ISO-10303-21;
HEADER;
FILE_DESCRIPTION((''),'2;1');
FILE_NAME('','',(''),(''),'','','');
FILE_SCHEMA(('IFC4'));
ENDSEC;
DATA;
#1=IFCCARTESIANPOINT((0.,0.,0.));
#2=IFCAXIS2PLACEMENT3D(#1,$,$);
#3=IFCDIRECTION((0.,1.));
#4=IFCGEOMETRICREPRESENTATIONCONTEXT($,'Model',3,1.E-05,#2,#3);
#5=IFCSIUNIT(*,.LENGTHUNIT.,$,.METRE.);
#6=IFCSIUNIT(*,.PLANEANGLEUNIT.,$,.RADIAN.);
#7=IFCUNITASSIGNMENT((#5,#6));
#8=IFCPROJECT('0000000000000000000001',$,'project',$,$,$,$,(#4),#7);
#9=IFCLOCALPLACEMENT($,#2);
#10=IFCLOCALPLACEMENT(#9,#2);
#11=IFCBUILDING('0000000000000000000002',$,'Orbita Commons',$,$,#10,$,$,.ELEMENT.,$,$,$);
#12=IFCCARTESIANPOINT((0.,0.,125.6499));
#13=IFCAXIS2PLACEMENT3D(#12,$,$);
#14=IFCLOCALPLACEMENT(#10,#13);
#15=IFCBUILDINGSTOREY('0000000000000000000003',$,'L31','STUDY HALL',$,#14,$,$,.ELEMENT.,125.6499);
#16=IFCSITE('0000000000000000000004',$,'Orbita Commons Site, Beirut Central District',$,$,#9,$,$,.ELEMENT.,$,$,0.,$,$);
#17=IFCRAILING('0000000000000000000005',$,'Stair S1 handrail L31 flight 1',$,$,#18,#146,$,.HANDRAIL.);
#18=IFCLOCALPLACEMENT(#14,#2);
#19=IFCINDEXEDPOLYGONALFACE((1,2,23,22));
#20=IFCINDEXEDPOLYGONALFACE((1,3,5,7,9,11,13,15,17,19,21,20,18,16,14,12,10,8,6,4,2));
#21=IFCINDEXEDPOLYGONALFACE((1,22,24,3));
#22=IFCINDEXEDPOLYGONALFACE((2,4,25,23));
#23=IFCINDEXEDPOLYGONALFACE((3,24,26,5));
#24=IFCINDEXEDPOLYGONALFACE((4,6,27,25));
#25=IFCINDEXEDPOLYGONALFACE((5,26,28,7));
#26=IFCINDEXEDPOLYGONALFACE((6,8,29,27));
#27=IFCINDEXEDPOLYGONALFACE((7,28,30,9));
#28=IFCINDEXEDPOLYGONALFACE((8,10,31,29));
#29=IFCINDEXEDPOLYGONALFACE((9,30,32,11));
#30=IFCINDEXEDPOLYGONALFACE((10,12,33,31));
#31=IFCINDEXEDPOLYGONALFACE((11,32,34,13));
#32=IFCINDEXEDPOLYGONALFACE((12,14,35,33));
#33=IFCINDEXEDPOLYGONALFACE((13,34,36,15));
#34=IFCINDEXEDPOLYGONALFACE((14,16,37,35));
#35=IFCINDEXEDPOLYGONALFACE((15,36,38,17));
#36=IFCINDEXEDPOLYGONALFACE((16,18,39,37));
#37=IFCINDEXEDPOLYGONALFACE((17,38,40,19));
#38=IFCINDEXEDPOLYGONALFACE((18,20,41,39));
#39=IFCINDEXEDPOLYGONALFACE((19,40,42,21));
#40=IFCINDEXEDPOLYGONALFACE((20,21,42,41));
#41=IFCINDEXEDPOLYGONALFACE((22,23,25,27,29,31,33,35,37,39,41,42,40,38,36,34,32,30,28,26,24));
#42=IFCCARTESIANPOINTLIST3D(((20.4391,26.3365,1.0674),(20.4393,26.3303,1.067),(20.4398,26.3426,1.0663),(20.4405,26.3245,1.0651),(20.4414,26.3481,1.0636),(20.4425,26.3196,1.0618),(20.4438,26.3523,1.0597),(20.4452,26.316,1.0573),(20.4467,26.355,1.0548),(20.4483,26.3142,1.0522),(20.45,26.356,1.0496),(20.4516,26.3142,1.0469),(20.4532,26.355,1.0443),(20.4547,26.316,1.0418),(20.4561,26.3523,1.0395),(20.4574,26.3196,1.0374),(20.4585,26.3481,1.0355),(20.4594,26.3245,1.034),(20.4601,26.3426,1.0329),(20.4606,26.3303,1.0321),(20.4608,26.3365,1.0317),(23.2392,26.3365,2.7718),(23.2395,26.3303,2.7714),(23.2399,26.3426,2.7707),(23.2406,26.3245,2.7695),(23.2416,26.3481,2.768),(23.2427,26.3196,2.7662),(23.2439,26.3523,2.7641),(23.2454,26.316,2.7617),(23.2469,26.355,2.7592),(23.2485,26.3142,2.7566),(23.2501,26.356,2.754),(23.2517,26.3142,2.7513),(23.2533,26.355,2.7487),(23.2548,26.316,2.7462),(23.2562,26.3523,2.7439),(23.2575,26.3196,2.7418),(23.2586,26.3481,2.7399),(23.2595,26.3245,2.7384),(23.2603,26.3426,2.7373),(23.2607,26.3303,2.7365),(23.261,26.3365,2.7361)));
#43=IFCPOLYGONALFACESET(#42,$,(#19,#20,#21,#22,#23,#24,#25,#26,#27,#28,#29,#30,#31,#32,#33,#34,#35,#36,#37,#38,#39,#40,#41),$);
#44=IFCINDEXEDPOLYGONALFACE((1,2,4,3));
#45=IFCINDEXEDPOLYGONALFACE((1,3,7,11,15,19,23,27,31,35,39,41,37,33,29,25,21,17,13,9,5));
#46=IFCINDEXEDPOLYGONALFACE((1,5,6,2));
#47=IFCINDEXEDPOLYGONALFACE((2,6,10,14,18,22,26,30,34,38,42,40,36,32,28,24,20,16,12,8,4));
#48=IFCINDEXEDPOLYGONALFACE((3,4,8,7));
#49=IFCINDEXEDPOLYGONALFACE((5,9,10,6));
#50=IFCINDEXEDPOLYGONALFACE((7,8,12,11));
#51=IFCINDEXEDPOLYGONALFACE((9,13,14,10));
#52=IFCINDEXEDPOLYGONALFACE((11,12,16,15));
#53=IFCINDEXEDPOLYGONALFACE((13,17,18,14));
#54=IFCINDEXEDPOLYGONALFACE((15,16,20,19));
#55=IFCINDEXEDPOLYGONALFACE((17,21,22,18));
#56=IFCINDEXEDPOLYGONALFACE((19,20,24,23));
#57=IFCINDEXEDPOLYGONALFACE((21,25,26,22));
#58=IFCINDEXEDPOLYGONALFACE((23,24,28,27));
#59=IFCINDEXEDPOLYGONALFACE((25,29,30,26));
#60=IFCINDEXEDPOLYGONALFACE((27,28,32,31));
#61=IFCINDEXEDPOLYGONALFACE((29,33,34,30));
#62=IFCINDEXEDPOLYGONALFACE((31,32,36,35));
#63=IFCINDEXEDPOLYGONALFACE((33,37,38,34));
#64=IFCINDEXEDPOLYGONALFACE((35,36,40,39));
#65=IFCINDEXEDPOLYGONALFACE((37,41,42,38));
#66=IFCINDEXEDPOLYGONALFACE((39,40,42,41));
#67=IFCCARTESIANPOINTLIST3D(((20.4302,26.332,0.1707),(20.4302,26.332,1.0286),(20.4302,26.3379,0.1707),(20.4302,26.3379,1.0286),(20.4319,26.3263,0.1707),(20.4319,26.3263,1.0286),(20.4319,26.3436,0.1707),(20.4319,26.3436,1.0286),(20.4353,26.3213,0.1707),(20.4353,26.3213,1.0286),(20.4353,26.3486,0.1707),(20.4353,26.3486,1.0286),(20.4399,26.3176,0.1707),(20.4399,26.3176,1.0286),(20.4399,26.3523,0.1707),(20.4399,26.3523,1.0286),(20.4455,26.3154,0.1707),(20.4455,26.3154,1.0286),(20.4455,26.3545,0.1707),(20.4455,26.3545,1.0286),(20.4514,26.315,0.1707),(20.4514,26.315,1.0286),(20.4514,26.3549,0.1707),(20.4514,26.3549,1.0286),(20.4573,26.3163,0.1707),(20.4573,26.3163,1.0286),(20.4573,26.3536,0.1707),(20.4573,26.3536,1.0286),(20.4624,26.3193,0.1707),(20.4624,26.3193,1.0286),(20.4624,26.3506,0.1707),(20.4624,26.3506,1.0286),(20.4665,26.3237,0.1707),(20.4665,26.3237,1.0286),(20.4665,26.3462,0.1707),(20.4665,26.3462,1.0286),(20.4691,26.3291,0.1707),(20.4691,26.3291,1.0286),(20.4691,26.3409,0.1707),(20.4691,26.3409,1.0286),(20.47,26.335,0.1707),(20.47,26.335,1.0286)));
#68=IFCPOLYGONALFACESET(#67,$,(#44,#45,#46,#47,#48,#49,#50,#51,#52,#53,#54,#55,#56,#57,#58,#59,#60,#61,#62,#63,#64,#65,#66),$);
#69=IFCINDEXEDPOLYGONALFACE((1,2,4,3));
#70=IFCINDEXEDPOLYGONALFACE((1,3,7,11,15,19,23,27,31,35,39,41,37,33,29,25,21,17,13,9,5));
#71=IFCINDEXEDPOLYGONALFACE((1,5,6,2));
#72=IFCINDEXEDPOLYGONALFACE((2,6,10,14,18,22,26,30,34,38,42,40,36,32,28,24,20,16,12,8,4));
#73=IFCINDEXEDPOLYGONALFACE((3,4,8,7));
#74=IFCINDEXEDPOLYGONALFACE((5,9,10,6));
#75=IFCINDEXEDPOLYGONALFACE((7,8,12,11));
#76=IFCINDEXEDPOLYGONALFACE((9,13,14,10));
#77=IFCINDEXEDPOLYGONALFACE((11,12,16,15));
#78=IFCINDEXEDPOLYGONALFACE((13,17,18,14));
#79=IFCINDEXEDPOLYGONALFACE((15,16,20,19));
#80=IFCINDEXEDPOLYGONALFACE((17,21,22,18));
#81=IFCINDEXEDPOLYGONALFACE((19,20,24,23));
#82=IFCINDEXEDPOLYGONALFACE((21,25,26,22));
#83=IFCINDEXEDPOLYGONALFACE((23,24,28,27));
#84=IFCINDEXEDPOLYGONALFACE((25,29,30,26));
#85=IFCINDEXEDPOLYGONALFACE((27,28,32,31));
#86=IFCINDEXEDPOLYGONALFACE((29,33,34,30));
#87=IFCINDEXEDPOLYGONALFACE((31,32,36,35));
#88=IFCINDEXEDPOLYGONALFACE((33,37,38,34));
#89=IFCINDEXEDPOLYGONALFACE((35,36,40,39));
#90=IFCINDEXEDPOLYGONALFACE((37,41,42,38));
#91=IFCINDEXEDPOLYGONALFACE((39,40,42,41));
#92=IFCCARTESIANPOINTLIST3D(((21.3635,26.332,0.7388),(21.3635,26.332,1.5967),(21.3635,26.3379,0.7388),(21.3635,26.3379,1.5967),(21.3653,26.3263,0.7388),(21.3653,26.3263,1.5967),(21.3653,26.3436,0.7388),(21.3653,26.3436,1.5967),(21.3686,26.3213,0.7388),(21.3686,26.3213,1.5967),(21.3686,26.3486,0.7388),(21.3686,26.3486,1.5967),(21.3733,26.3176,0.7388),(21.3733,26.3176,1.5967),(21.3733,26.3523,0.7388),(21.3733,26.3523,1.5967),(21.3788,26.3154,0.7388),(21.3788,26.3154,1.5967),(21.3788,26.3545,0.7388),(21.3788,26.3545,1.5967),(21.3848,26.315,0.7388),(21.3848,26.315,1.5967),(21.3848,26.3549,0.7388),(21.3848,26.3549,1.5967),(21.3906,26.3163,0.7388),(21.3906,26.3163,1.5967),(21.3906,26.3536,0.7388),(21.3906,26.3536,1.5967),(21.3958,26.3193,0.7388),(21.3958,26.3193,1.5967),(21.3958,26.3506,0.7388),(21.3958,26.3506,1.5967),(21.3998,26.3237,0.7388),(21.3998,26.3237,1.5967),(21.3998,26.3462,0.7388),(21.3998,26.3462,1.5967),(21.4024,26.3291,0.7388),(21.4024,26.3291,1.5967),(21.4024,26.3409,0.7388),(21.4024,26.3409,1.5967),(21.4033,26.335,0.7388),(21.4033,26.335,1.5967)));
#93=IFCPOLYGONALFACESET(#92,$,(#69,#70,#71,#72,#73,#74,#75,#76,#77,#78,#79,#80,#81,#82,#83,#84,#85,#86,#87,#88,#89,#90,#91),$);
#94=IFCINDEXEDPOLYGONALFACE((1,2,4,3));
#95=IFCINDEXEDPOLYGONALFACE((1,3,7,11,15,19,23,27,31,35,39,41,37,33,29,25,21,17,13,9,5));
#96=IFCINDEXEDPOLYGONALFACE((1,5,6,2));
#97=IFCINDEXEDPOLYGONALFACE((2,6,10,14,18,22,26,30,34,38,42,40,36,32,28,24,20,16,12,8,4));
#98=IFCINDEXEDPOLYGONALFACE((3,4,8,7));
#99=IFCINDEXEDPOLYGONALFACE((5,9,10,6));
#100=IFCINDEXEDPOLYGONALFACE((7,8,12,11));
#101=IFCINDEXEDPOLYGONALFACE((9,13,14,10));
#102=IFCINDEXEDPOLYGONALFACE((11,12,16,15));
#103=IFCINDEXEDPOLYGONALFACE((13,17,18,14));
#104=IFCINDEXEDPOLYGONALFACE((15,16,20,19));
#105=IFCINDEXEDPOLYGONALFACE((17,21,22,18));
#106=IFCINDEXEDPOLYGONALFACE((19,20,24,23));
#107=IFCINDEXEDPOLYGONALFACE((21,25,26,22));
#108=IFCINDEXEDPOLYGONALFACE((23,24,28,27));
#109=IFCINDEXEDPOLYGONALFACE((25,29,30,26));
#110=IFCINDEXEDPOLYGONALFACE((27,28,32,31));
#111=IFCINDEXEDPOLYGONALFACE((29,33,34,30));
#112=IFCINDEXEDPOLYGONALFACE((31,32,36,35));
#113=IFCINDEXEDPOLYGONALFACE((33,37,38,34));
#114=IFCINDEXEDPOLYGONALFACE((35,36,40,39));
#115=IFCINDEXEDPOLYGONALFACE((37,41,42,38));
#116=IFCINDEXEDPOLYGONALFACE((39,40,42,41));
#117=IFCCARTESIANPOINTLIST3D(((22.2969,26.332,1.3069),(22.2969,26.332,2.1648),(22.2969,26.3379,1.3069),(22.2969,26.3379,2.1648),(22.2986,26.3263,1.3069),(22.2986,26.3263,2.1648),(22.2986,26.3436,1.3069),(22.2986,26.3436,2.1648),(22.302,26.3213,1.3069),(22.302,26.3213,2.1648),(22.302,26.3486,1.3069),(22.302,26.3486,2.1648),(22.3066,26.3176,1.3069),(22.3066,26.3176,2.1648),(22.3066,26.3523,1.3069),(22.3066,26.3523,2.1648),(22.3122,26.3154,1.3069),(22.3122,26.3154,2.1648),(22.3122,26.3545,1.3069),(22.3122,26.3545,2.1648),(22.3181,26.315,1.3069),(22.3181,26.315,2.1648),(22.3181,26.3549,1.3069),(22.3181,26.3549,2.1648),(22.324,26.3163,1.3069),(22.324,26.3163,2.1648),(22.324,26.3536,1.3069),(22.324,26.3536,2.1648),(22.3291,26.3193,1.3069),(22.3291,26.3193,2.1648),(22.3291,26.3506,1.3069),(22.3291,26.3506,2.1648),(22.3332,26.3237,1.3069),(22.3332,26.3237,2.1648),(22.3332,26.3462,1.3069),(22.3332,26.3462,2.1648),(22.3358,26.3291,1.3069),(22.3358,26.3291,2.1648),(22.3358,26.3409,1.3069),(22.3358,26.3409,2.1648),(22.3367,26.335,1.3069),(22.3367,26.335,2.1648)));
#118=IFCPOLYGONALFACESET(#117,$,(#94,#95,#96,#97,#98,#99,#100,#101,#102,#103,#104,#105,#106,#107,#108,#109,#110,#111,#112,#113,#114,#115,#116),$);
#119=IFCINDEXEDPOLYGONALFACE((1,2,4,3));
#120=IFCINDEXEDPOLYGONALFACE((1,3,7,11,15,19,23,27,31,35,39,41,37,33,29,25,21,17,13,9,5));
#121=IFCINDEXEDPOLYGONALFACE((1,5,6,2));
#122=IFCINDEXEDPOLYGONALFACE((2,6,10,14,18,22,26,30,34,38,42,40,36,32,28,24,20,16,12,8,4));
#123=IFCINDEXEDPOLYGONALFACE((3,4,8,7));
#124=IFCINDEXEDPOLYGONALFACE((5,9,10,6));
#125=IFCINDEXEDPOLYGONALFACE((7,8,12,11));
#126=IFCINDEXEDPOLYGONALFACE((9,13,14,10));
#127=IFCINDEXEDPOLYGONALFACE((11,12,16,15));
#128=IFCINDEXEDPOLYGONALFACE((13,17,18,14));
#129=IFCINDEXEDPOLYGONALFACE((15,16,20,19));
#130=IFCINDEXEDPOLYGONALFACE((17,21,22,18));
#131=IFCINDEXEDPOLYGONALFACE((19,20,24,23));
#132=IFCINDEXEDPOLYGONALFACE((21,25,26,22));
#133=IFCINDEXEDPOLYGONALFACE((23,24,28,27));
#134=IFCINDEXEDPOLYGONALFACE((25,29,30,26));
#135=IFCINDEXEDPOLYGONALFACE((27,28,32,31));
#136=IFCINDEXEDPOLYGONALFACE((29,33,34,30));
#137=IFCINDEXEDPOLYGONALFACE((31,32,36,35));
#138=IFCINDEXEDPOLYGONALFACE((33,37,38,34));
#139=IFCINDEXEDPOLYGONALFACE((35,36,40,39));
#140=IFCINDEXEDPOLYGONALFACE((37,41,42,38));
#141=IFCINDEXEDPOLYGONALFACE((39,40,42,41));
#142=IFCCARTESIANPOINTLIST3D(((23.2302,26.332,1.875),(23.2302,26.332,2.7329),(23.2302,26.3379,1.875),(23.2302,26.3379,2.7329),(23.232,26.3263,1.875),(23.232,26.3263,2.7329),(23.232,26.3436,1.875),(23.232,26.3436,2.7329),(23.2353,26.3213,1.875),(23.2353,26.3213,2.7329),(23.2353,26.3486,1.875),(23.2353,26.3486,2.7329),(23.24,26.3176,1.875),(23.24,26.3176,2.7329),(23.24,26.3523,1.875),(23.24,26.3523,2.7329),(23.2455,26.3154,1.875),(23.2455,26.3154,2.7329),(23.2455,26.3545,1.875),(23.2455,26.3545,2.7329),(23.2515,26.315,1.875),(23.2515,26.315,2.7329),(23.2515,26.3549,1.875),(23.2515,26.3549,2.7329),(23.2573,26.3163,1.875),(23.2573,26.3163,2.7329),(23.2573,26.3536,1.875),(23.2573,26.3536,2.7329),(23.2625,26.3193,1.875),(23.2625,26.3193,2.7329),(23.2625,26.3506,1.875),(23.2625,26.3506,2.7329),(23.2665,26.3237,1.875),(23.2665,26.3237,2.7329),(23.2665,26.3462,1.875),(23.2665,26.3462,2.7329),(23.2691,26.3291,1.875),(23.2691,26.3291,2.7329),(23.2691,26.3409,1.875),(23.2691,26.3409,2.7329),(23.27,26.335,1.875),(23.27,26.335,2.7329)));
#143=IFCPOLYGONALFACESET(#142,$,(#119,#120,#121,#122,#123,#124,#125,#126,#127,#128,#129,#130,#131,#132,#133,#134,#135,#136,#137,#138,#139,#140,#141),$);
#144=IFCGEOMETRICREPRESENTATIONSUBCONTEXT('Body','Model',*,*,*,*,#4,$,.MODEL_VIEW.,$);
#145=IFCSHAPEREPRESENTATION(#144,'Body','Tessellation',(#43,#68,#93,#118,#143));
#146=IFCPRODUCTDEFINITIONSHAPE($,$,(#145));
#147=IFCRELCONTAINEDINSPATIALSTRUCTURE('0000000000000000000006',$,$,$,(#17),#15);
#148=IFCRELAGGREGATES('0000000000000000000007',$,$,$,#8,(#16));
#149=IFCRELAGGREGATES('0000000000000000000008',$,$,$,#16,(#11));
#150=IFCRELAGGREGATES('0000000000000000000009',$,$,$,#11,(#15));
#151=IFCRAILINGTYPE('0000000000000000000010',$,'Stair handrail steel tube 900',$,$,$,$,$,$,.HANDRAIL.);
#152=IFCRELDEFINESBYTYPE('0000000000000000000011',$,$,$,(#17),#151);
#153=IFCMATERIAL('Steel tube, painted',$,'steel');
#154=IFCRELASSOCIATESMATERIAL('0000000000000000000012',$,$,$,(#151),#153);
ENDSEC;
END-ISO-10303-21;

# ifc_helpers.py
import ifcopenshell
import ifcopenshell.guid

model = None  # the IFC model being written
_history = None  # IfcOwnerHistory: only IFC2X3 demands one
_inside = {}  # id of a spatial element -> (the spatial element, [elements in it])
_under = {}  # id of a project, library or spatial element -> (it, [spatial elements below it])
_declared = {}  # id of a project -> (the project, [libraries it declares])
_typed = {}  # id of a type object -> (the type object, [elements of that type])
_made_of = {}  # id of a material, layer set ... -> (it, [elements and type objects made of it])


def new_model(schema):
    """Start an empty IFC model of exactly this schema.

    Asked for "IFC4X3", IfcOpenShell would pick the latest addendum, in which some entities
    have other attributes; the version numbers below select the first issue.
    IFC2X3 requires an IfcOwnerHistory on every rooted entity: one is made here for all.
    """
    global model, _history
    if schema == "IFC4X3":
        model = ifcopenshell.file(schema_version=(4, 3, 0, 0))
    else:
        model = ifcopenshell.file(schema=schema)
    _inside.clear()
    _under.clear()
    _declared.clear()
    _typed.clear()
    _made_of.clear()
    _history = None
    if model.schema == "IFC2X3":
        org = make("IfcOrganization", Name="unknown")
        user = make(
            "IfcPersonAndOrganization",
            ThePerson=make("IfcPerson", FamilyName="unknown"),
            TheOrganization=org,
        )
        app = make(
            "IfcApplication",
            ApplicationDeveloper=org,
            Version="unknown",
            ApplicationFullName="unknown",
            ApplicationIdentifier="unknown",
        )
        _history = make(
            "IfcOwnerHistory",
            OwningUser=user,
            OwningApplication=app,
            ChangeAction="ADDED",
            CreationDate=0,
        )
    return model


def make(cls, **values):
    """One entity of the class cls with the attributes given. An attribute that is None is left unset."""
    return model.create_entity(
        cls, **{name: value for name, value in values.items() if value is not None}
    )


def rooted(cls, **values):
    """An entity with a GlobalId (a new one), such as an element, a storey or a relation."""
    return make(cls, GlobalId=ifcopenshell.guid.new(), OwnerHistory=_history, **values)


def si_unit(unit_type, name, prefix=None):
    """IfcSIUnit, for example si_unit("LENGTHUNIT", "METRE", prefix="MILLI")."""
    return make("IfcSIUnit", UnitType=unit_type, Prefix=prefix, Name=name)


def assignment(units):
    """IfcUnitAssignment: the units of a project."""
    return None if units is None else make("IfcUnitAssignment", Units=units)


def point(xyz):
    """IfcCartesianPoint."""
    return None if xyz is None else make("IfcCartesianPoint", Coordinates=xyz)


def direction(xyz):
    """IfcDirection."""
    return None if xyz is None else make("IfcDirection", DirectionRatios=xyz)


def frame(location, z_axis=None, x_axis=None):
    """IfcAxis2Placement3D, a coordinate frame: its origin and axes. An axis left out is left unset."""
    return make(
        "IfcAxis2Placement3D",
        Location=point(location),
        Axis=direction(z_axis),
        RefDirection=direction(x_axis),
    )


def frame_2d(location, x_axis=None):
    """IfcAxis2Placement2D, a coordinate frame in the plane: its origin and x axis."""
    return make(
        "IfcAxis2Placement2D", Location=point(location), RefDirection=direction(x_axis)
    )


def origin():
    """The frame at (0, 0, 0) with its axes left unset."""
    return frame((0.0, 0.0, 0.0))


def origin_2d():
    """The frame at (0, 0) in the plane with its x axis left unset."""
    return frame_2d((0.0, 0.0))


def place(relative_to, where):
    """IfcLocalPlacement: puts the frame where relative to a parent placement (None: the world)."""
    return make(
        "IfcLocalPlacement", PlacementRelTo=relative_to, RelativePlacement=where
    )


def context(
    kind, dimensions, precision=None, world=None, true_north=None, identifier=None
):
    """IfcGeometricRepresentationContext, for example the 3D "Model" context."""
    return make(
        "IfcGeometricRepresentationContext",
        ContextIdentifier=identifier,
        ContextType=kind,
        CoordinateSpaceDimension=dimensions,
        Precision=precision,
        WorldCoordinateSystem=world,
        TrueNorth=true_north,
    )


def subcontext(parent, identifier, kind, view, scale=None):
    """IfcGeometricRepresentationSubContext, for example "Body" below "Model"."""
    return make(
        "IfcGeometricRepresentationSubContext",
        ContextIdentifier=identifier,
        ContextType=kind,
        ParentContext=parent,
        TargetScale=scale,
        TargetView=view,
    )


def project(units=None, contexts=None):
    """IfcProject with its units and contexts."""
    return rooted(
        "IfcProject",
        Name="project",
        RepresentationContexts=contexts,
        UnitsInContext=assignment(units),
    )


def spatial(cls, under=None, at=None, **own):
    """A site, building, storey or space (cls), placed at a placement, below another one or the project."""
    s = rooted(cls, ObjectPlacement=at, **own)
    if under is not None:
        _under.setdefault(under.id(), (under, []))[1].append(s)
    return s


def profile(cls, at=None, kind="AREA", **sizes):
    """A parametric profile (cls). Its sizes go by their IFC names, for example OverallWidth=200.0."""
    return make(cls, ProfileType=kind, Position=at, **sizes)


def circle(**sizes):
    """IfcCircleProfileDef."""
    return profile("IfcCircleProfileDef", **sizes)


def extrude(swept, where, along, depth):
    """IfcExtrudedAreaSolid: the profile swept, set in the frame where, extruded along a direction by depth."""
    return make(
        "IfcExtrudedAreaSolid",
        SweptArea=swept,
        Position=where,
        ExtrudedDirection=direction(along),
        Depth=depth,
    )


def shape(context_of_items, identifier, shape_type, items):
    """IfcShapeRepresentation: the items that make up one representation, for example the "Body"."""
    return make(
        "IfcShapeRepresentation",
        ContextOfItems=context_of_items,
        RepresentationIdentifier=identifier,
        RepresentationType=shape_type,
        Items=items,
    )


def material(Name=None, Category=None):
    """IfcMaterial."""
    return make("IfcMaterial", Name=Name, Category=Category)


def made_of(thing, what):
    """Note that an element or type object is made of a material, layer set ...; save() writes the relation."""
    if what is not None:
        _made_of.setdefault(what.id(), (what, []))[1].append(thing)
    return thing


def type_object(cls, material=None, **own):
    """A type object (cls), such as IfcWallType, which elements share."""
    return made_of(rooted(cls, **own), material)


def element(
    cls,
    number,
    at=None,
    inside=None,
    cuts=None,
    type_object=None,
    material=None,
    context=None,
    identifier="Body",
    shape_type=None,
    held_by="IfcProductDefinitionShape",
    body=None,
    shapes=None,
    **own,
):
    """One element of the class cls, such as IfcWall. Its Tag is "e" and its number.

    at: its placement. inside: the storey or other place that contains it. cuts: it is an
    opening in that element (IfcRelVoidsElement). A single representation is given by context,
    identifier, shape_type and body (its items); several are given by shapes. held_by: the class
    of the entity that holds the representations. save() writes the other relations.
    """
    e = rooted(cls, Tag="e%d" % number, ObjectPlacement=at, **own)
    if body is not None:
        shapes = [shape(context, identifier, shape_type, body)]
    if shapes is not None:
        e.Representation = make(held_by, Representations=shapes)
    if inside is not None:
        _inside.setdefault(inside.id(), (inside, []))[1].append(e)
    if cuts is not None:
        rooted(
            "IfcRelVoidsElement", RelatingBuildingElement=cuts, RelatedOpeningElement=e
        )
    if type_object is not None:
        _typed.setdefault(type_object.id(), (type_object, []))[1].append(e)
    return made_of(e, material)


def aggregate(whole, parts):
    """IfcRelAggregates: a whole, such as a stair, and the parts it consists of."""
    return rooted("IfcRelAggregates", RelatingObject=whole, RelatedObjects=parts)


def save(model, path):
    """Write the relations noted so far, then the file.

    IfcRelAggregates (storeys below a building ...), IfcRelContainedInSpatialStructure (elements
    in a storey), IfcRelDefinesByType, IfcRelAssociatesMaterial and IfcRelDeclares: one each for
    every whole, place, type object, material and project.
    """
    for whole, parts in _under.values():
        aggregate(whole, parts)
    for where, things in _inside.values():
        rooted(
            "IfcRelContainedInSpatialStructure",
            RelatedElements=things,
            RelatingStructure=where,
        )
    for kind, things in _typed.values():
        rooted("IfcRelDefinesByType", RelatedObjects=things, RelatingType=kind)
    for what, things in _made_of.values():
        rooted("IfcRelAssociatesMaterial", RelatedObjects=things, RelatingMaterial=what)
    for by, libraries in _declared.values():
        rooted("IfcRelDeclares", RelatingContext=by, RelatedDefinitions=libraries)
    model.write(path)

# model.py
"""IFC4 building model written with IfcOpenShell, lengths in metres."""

from ifc_helpers import new_model, si_unit, direction, frame, origin, origin_2d, place, context, subcontext, project, spatial, circle, extrude, material, type_object, element, save


model = new_model("IFC4")

# Units and contexts
model_context = context("Model", 3, precision=1e-05, world=origin(), true_north=direction((0.0, 1.0)))
body_context = subcontext(model_context, "Body", "Model", "MODEL_VIEW")
ifc_project = project(units=[si_unit("LENGTHUNIT", "METRE"), si_unit("PLANEANGLEUNIT", "RADIAN")], contexts=[model_context])

# Site, building, storey
site_placement = place(None, origin())
site = spatial("IfcSite", under=ifc_project, at=site_placement, Name="Orbita Commons Site, Beirut Central District", CompositionType="ELEMENT", RefElevation=0.0)
building_placement = place(site_placement, origin())
building = spatial("IfcBuilding", under=site, at=building_placement, Name="Orbita Commons", CompositionType="ELEMENT")
storey_placement = place(building_placement, frame((0.0, 0.0, 125.6499)))
storey = spatial("IfcBuildingStorey", under=building, at=storey_placement, Name="L31", Description="STUDY HALL", CompositionType="ELEMENT", Elevation=125.6499)

# Railing
ifc_material_1 = material(Name="Steel tube, painted", Category="steel")
railing_type = type_object("IfcRailingType", Name="Stair handrail steel tube 900", PredefinedType="HANDRAIL", material=ifc_material_1)
for number, where, name in (
    (1, (20.45, 26.335, 0.1707), "Stair S1 handrail L31 flight 1"),
):
    element("IfcRailing", number, at=place(storey_placement, frame(where)), inside=storey, type_object=railing_type, Name=name, PredefinedType="HANDRAIL", context=body_context, shape_type="SweptSolid", body=[
        extrude(circle(Radius=0.021, at=origin_2d()), frame((0.0, 0.0, 0.8789), z_axis=(0.854203, 0.0, 0.51994), x_axis=(0.0, 1.0, 0.0)), (0.0, 0.0, 1.0), 3.2781),
        extrude(circle(Radius=0.02, at=origin_2d()), origin(), (0.0, 0.0, 1.0), 0.8579),
        extrude(circle(Radius=0.02, at=origin_2d()), frame((0.9333, 0.0, 0.5681)), (0.0, 0.0, 1.0), 0.8579),
        extrude(circle(Radius=0.02, at=origin_2d()), frame((1.8667, 0.0, 1.1362)), (0.0, 0.0, 1.0), 0.8579),
        extrude(circle(Radius=0.02, at=origin_2d()), frame((2.8, 0.0, 1.7043)), (0.0, 0.0, 1.0), 0.8579),
    ])

save(model, "model.ifc")
